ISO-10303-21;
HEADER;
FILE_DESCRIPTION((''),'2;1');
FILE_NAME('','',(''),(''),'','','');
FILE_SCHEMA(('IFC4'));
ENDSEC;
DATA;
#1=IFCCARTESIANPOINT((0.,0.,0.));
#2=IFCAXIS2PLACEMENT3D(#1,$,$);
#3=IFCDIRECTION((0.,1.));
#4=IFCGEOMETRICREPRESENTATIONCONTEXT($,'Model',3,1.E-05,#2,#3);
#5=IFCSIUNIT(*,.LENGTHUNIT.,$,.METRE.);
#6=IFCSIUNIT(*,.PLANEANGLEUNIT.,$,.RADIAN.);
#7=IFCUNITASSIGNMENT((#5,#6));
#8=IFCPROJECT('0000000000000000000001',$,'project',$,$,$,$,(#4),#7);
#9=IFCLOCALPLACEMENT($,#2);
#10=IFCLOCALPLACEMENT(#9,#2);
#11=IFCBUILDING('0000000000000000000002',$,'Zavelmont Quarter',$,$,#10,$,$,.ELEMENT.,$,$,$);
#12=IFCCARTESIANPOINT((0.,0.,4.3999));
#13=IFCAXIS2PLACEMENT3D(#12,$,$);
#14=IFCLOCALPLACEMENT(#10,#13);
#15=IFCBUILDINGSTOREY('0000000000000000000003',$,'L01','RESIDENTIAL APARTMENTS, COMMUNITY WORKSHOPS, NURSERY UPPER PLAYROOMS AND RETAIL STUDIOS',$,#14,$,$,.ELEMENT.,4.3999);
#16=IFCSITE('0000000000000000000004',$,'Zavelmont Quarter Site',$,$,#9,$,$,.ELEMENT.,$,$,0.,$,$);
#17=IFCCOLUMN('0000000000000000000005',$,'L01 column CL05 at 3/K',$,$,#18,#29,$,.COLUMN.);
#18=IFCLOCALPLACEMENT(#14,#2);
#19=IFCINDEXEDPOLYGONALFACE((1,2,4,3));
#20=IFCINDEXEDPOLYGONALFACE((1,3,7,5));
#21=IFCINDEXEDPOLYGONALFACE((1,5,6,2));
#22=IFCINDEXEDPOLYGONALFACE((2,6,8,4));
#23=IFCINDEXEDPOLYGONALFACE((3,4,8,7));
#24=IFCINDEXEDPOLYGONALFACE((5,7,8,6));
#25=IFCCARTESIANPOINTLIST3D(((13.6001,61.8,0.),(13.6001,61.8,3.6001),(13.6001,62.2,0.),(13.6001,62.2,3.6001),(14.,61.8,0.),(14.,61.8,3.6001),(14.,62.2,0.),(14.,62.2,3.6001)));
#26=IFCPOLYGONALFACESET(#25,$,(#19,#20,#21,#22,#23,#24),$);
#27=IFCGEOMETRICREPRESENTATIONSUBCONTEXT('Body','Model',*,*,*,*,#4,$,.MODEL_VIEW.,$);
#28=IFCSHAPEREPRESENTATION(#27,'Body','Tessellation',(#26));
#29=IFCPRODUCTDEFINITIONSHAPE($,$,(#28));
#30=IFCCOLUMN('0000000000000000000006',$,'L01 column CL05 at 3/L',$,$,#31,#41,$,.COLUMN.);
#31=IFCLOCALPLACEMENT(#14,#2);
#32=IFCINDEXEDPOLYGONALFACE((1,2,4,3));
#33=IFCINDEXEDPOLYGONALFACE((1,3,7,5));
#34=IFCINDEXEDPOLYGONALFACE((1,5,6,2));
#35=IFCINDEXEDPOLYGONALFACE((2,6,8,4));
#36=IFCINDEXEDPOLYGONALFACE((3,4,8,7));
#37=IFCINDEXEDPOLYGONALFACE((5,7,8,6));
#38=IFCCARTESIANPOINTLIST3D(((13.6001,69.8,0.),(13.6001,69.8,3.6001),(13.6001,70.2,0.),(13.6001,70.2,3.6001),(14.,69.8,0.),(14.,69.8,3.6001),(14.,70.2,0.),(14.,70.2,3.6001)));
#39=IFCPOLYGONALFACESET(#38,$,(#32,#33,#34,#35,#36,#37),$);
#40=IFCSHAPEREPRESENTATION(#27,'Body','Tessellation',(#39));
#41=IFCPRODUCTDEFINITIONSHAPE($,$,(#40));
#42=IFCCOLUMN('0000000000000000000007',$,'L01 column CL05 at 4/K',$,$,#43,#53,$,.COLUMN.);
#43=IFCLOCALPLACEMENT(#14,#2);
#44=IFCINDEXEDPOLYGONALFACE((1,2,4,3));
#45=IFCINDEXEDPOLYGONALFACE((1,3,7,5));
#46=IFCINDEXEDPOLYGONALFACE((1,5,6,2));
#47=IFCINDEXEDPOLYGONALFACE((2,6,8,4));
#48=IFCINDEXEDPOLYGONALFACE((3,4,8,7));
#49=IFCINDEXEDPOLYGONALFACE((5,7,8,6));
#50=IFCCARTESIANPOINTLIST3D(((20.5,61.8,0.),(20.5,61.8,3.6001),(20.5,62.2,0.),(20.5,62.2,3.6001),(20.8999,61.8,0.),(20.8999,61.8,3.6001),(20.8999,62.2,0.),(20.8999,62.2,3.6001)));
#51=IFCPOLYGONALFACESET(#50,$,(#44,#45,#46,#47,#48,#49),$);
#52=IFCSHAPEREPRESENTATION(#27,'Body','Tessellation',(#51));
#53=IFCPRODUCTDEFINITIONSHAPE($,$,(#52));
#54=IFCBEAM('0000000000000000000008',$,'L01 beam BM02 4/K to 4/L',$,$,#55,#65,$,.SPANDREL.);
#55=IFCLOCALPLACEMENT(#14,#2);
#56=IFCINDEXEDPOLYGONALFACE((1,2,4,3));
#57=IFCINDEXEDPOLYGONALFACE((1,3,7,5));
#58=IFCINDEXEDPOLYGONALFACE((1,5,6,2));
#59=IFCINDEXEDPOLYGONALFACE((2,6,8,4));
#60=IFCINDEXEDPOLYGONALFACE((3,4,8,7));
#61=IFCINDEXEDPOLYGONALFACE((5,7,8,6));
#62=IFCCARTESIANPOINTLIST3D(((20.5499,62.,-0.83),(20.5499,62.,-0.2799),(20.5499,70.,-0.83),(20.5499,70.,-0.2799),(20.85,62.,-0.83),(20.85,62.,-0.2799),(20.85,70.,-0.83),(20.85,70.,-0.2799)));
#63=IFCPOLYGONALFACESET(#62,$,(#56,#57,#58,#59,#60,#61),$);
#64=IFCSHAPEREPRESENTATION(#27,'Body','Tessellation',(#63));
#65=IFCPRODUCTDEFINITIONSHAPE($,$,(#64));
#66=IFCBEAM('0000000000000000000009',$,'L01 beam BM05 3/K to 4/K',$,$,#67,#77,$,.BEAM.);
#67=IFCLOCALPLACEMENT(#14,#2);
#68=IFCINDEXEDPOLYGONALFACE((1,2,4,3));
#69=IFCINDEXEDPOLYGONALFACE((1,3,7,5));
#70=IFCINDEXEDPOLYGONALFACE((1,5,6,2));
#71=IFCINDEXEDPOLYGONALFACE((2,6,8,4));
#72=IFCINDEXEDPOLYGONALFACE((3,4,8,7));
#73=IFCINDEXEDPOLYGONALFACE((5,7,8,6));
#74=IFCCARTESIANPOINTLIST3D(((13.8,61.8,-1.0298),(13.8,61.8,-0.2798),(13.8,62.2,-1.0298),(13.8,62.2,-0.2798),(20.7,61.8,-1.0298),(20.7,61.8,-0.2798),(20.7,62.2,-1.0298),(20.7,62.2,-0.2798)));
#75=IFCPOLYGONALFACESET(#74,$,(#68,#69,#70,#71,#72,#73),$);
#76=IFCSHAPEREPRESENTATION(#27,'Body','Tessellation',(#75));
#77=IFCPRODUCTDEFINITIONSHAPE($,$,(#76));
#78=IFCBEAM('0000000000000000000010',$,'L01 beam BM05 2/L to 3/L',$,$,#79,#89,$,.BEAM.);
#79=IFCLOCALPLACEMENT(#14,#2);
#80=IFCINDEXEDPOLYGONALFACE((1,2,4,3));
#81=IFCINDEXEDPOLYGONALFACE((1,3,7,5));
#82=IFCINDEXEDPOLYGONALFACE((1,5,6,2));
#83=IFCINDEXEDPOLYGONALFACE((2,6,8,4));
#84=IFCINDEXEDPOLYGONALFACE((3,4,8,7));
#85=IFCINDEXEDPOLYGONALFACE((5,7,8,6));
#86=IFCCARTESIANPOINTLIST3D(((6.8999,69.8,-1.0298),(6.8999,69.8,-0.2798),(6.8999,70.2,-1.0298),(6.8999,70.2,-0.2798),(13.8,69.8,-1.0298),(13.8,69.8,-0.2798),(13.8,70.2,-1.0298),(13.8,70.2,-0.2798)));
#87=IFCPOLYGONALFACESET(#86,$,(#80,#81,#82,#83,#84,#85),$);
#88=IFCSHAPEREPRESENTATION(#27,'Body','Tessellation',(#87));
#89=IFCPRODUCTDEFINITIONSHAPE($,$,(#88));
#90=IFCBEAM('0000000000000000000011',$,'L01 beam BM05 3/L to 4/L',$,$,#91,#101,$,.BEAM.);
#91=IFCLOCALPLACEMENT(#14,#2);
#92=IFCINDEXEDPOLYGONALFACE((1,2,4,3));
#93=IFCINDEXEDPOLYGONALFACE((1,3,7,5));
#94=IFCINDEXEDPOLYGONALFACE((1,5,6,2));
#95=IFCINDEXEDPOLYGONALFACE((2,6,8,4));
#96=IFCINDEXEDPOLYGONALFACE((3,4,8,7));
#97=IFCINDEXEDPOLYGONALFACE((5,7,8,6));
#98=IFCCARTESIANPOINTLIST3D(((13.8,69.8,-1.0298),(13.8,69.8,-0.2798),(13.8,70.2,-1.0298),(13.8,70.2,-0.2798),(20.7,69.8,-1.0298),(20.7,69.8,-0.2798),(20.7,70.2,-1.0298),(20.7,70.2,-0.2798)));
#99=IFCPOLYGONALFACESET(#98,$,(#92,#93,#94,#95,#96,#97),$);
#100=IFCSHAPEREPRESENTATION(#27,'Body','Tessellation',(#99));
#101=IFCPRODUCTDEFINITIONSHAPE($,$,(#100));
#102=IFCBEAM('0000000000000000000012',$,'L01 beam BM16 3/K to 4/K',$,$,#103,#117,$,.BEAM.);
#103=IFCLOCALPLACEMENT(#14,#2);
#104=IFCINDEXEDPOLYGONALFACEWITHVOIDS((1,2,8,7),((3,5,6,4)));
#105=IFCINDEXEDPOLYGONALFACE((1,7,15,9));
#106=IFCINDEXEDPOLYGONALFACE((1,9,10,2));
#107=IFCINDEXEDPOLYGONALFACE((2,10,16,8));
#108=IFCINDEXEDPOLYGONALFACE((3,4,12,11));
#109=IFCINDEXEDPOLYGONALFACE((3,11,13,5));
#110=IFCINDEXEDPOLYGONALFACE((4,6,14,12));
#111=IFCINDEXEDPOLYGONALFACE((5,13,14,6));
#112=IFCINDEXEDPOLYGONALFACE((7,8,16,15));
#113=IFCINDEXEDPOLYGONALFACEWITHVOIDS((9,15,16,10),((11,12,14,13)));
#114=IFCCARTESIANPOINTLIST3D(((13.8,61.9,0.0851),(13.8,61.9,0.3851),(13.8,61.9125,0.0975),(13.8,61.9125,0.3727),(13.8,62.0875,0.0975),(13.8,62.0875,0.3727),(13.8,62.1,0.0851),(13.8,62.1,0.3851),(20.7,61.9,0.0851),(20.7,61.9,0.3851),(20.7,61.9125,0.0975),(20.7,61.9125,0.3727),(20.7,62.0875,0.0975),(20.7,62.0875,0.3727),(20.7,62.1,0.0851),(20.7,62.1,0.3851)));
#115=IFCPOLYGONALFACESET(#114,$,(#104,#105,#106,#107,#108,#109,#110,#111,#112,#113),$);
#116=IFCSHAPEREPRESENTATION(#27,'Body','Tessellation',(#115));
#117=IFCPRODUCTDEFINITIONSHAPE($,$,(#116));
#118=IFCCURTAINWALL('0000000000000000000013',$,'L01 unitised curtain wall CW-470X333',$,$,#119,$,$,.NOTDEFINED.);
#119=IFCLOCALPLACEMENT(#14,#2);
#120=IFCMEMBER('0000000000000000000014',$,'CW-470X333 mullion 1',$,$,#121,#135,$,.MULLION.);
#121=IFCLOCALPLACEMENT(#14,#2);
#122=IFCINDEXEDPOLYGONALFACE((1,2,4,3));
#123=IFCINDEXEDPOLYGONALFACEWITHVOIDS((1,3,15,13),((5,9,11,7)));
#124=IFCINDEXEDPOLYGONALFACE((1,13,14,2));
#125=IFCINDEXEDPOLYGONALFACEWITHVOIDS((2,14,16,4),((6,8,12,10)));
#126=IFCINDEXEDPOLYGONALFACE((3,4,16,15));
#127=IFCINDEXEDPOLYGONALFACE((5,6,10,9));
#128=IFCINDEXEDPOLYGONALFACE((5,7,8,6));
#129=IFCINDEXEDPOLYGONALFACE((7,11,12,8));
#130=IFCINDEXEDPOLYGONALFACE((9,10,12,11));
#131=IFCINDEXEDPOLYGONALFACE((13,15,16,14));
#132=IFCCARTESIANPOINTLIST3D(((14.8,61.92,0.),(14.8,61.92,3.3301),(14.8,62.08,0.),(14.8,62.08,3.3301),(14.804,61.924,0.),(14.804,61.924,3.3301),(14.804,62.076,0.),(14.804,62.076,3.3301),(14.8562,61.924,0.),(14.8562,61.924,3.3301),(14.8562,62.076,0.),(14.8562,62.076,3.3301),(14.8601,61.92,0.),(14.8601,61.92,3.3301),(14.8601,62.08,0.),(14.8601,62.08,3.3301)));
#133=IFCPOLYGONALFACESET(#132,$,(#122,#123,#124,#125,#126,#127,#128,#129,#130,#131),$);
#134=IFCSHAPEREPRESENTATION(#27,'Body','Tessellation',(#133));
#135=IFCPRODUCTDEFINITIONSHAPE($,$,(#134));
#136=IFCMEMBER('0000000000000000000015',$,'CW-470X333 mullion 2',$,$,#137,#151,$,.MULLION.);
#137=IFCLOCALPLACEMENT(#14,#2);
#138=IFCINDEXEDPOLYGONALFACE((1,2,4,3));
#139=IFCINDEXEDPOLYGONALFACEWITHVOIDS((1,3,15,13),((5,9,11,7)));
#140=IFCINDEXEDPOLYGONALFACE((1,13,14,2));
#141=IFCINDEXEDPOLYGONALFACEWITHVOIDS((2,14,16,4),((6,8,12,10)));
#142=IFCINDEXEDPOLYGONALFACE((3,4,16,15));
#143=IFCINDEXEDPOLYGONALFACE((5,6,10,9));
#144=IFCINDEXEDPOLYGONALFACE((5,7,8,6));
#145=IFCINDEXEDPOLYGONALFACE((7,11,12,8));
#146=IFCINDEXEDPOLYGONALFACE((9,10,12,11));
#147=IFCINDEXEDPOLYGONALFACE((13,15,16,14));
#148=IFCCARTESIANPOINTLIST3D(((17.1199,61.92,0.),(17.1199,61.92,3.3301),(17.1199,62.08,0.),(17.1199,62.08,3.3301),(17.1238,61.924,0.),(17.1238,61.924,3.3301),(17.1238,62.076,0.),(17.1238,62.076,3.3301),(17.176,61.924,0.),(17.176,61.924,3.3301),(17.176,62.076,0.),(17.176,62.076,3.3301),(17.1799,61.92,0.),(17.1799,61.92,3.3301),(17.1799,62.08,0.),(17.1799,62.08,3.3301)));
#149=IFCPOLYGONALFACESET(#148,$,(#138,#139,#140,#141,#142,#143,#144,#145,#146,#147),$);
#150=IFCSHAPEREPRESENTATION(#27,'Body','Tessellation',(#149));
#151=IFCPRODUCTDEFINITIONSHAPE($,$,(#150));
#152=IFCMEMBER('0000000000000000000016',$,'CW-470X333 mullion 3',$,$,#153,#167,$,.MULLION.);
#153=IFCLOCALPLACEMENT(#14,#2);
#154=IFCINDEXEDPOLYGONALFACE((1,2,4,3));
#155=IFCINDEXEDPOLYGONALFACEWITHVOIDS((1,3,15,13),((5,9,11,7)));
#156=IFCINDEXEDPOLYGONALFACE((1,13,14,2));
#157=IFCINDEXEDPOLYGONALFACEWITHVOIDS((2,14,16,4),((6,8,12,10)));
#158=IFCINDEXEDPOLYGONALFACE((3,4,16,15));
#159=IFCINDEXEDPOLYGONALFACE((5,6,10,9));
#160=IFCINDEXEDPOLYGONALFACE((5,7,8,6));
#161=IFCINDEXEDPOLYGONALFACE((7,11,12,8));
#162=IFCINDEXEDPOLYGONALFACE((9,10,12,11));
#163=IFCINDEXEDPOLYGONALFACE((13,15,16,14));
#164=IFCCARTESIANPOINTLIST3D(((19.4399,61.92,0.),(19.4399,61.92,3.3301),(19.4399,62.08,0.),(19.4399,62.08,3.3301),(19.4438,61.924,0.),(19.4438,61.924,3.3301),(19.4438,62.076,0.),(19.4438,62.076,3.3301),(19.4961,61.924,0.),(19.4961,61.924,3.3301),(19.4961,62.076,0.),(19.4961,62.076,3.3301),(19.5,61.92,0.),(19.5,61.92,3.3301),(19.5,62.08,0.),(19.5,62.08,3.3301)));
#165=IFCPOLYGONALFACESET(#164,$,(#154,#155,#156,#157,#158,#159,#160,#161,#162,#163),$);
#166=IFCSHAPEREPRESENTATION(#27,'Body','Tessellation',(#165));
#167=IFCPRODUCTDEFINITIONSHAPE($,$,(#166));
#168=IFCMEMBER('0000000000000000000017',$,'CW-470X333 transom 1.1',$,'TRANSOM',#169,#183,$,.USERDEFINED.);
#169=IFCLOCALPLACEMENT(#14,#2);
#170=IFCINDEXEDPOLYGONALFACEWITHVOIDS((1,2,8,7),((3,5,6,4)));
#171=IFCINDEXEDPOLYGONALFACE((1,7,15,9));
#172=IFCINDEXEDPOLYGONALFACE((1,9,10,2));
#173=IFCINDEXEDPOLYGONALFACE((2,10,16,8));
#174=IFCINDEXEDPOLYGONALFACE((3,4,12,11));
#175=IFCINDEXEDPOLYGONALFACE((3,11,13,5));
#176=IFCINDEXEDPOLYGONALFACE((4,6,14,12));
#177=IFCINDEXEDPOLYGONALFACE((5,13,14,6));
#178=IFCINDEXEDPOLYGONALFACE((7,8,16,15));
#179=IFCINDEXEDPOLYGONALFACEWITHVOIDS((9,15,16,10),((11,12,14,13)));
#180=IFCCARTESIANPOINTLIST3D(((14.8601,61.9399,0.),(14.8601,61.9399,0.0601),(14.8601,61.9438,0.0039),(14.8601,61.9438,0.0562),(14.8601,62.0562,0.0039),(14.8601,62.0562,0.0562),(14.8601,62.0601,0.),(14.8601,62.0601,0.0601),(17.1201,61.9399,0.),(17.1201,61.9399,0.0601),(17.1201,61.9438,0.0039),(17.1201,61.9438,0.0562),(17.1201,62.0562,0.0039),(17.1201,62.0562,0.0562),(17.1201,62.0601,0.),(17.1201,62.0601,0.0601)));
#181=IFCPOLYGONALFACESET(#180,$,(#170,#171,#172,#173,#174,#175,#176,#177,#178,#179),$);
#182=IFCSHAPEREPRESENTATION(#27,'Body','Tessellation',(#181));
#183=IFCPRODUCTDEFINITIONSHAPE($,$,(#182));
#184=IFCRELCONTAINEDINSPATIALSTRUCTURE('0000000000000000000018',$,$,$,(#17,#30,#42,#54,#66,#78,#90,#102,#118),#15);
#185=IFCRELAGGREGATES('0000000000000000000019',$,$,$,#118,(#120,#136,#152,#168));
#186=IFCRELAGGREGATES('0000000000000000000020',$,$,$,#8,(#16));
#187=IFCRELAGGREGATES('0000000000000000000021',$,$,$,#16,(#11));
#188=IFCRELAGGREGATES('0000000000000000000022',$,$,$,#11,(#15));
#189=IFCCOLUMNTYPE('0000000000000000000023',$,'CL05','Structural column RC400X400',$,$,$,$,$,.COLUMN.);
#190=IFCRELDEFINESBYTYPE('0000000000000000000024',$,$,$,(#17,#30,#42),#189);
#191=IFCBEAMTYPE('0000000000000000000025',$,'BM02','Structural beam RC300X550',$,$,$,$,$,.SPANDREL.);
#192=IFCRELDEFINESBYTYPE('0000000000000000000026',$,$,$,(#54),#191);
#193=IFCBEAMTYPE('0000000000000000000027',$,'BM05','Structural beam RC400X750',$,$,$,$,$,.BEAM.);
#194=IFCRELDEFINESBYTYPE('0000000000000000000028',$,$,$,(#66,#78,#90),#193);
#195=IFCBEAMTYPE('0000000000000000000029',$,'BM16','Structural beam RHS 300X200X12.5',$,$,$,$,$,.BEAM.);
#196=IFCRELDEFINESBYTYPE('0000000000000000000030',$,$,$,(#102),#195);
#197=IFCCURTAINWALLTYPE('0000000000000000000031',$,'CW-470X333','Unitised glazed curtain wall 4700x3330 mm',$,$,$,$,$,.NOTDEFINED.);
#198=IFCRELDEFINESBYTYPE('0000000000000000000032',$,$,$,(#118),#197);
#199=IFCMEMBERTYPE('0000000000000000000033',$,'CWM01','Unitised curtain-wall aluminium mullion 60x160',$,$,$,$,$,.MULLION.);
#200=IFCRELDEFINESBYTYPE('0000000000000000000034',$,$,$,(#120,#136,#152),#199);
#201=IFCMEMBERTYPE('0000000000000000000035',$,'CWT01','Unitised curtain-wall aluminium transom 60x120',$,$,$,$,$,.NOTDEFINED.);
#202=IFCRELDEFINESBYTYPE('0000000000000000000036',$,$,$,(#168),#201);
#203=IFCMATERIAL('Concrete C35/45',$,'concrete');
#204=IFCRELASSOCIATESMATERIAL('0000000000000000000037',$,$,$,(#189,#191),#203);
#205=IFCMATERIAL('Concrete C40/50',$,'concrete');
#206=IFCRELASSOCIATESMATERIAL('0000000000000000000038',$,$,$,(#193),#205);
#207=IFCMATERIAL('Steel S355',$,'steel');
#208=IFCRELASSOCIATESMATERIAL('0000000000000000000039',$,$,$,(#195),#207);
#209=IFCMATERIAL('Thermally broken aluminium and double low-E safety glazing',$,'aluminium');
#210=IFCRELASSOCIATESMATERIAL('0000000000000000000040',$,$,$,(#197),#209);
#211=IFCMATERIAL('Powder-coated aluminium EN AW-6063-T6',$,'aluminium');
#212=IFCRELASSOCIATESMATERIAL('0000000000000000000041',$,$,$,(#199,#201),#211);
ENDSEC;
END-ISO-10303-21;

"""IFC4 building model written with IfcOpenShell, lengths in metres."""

from ifc_helpers import new_model, si_unit, direction, frame, origin, origin_2d, place, context, subcontext, project, spatial, rectangle, hollow_rectangle, extrude, material, material_profile, profile_set, type_object, element, aggregate, save


model = new_model("IFC4")

# Units and contexts
model_context = context("Model", 3, precision=1e-05, world=origin(), true_north=direction((0.0, 1.0)))
body_context = subcontext(model_context, "Body", "Model", "MODEL_VIEW")
ifc_project = project(units=[si_unit("LENGTHUNIT", "METRE"), si_unit("PLANEANGLEUNIT", "RADIAN")], contexts=[model_context])

# Site, building, storey
site_placement = place(None, origin())
site = spatial("IfcSite", under=ifc_project, at=site_placement, Name="Zavelmont Quarter Site", CompositionType="ELEMENT", RefElevation=0.0)
building_placement = place(site_placement, origin())
building = spatial("IfcBuilding", under=site, at=building_placement, Name="Zavelmont Quarter", CompositionType="ELEMENT")
storey_placement = place(building_placement, frame((0.0, 0.0, 4.3999)))
storey = spatial("IfcBuildingStorey", under=building, at=storey_placement, Name="L01", Description="RESIDENTIAL APARTMENTS, COMMUNITY WORKSHOPS, NURSERY UPPER PLAYROOMS AND RETAIL STUDIOS", CompositionType="ELEMENT", Elevation=4.3999)

# Columns
ifc_material_1 = material(Name="Concrete C35/45", Category="concrete")
ifc_material_profile_1 = material_profile(ifc_material_1, rectangle(XDim=0.3999, YDim=0.3999, at=origin_2d()), Name="RC400X400")
ifc_profile_set_1 = profile_set([ifc_material_profile_1], Name="Concrete C35/45")
column_type = type_object("IfcColumnType", Name="CL05", Description="Structural column RC400X400", PredefinedType="COLUMN", material=ifc_profile_set_1)
for number, where, z_axis, x_axis, name in (
    (1, (13.8, 62.0, 0.0), (0.0, 0.0, 1.0), (1.0, 0.0, 0.0), "L01 column CL05 at 3/K"),
    (2, (13.8, 70.0, 0.0), (0.0, 0.0, 1.0), (1.0, 0.0, 0.0), "L01 column CL05 at 3/L"),
    (3, (20.7, 62.0, 0.0), (0.0, 0.0, 1.0), (1.0, 0.0, 0.0), "L01 column CL05 at 4/K"),
):
    element("IfcColumn", number, at=place(storey_placement, frame(where, z_axis=z_axis, x_axis=x_axis)), inside=storey, type_object=column_type, Name=name, PredefinedType="COLUMN", context=body_context, shape_type="SweptSolid", body=[
        extrude(rectangle(XDim=0.3999, YDim=0.3999, at=origin_2d()), origin(), (0.0, 0.0, 1.0), 3.6001),
    ])

# Beams
ifc_material_profile_2 = material_profile(ifc_material_1, rectangle(XDim=0.3, YDim=0.55, at=origin_2d()), Name="RC300X550")
ifc_profile_set_2 = profile_set([ifc_material_profile_2], Name="Concrete C35/45")
beam_type_1 = type_object("IfcBeamType", Name="BM02", Description="Structural beam RC300X550", PredefinedType="SPANDREL", material=ifc_profile_set_2)
beam_1_placement = place(storey_placement, frame((20.7, 62.0, -0.5549), z_axis=(0.0, 1.0, 0.0), x_axis=(-1.0, 0.0, 0.0)))
element("IfcBeam", 4, at=beam_1_placement, inside=storey, type_object=beam_type_1, Name="L01 beam BM02 4/K to 4/L", PredefinedType="SPANDREL", context=body_context, shape_type="SweptSolid", body=[
    extrude(rectangle(XDim=0.3, YDim=0.55, at=origin_2d()), origin(), (0.0, 0.0, 1.0), 8.0),
])
ifc_material_2 = material(Name="Concrete C40/50", Category="concrete")
ifc_material_profile_3 = material_profile(ifc_material_2, rectangle(XDim=0.3999, YDim=0.75, at=origin_2d()), Name="RC400X750")
ifc_profile_set_3 = profile_set([ifc_material_profile_3], Name="Concrete C40/50")
beam_type_2 = type_object("IfcBeamType", Name="BM05", Description="Structural beam RC400X750", PredefinedType="BEAM", material=ifc_profile_set_3)
beam_2_placement = place(storey_placement, frame((13.8, 62.0, -0.6548), z_axis=(1.0, 0.0, 0.0), x_axis=(0.0, 1.0, 0.0)))
element("IfcBeam", 5, at=beam_2_placement, inside=storey, type_object=beam_type_2, Name="L01 beam BM05 3/K to 4/K", PredefinedType="BEAM", context=body_context, shape_type="SweptSolid", body=[
    extrude(rectangle(XDim=0.3999, YDim=0.75, at=origin_2d()), origin(), (0.0, 0.0, 1.0), 6.8999),
])
beam_3_placement = place(storey_placement, frame((6.8999, 70.0, -0.6548), z_axis=(1.0, 0.0, 0.0), x_axis=(0.0, 1.0, 0.0)))
element("IfcBeam", 6, at=beam_3_placement, inside=storey, type_object=beam_type_2, Name="L01 beam BM05 2/L to 3/L", PredefinedType="BEAM", context=body_context, shape_type="SweptSolid", body=[
    extrude(rectangle(XDim=0.3999, YDim=0.75, at=origin_2d()), origin(), (0.0, 0.0, 1.0), 6.9001),
])
beam_4_placement = place(storey_placement, frame((13.8, 70.0, -0.6548), z_axis=(1.0, 0.0, 0.0), x_axis=(0.0, 1.0, 0.0)))
element("IfcBeam", 7, at=beam_4_placement, inside=storey, type_object=beam_type_2, Name="L01 beam BM05 3/L to 4/L", PredefinedType="BEAM", context=body_context, shape_type="SweptSolid", body=[
    extrude(rectangle(XDim=0.3999, YDim=0.75, at=origin_2d()), origin(), (0.0, 0.0, 1.0), 6.8999),
])
ifc_material_3 = material(Name="Steel S355", Category="steel")
ifc_material_profile_4 = material_profile(ifc_material_3, hollow_rectangle(XDim=0.2, YDim=0.3, WallThickness=0.0125, at=origin_2d()), Name="RHS 300X200X12.5")
ifc_profile_set_4 = profile_set([ifc_material_profile_4], Name="Steel S355")
beam_type_3 = type_object("IfcBeamType", Name="BM16", Description="Structural beam RHS 300X200X12.5", PredefinedType="BEAM", material=ifc_profile_set_4)
beam_5_placement = place(storey_placement, frame((13.8, 62.0, 0.2351), z_axis=(1.0, 0.0, 0.0), x_axis=(0.0, 1.0, 0.0)))
element("IfcBeam", 8, at=beam_5_placement, inside=storey, type_object=beam_type_3, Name="L01 beam BM16 3/K to 4/K", PredefinedType="BEAM", context=body_context, shape_type="SweptSolid", body=[
    extrude(hollow_rectangle(XDim=0.2, YDim=0.3, WallThickness=0.0125, at=origin_2d()), origin(), (0.0, 0.0, 1.0), 6.8999),
])

# Curtain wall, members
ifc_material_4 = material(Name="Thermally broken aluminium and double low-E safety glazing", Category="aluminium")
curtain_wall_type = type_object("IfcCurtainWallType", Name="CW-470X333", Description="Unitised glazed curtain wall 4700x3330 mm", PredefinedType="NOTDEFINED", material=ifc_material_4)
curtain_wall_placement = place(storey_placement, origin())
curtain_wall = element("IfcCurtainWall", 9, at=curtain_wall_placement, inside=storey, type_object=curtain_wall_type, Name="L01 unitised curtain wall CW-470X333", PredefinedType="NOTDEFINED")
ifc_material_5 = material(Name="Powder-coated aluminium EN AW-6063-T6", Category="aluminium")
ifc_material_profile_5 = material_profile(ifc_material_5, hollow_rectangle(XDim=0.0601, YDim=0.1599, WallThickness=0.0039, at=origin_2d()), Name="CWM60X160")
ifc_profile_set_5 = profile_set([ifc_material_profile_5], Name="Powder-coated aluminium EN AW-6063-T6")
member_type_1 = type_object("IfcMemberType", Name="CWM01", Description="Unitised curtain-wall aluminium mullion 60x160", PredefinedType="MULLION", material=ifc_profile_set_5)
member_1_placement = place(storey_placement, frame((14.8301, 62.0, 0.0), z_axis=(0.0, 0.0, 1.0), x_axis=(1.0, 0.0, 0.0)))
member_1 = element("IfcMember", 10, at=member_1_placement, type_object=member_type_1, Name="CW-470X333 mullion 1", PredefinedType="MULLION", context=body_context, shape_type="SweptSolid", body=[
    extrude(hollow_rectangle(XDim=0.0601, YDim=0.1599, WallThickness=0.0039, at=origin_2d()), origin(), (0.0, 0.0, 1.0), 3.3301),
])
member_2_placement = place(storey_placement, frame((17.1499, 62.0, 0.0), z_axis=(0.0, 0.0, 1.0), x_axis=(1.0, 0.0, 0.0)))
member_2 = element("IfcMember", 11, at=member_2_placement, type_object=member_type_1, Name="CW-470X333 mullion 2", PredefinedType="MULLION", context=body_context, shape_type="SweptSolid", body=[
    extrude(hollow_rectangle(XDim=0.0601, YDim=0.1599, WallThickness=0.0039, at=origin_2d()), origin(), (0.0, 0.0, 1.0), 3.3301),
])
member_3_placement = place(storey_placement, frame((19.47, 62.0, 0.0), z_axis=(0.0, 0.0, 1.0), x_axis=(1.0, 0.0, 0.0)))
member_3 = element("IfcMember", 12, at=member_3_placement, type_object=member_type_1, Name="CW-470X333 mullion 3", PredefinedType="MULLION", context=body_context, shape_type="SweptSolid", body=[
    extrude(hollow_rectangle(XDim=0.0601, YDim=0.1599, WallThickness=0.0039, at=origin_2d()), origin(), (0.0, 0.0, 1.0), 3.3301),
])
ifc_material_profile_6 = material_profile(ifc_material_5, hollow_rectangle(XDim=0.1201, YDim=0.0601, WallThickness=0.0039, at=origin_2d()), Name="CWT60X120")
ifc_profile_set_6 = profile_set([ifc_material_profile_6], Name="Powder-coated aluminium EN AW-6063-T6")
member_type_2 = type_object("IfcMemberType", Name="CWT01", Description="Unitised curtain-wall aluminium transom 60x120", PredefinedType="NOTDEFINED", material=ifc_profile_set_6)
member_4_placement = place(storey_placement, frame((14.8601, 62.0, 0.03), z_axis=(1.0, 0.0, 0.0), x_axis=(0.0, 1.0, 0.0)))
member_4 = element("IfcMember", 13, at=member_4_placement, type_object=member_type_2, Name="CW-470X333 transom 1.1", ObjectType="TRANSOM", PredefinedType="USERDEFINED", context=body_context, shape_type="SweptSolid", body=[
    extrude(hollow_rectangle(XDim=0.1201, YDim=0.0601, WallThickness=0.0039, at=origin_2d()), origin(), (0.0, 0.0, 1.0), 2.26),
])
aggregate(curtain_wall, [member_1, member_2, member_3, member_4])

save(model, "model.ifc")
